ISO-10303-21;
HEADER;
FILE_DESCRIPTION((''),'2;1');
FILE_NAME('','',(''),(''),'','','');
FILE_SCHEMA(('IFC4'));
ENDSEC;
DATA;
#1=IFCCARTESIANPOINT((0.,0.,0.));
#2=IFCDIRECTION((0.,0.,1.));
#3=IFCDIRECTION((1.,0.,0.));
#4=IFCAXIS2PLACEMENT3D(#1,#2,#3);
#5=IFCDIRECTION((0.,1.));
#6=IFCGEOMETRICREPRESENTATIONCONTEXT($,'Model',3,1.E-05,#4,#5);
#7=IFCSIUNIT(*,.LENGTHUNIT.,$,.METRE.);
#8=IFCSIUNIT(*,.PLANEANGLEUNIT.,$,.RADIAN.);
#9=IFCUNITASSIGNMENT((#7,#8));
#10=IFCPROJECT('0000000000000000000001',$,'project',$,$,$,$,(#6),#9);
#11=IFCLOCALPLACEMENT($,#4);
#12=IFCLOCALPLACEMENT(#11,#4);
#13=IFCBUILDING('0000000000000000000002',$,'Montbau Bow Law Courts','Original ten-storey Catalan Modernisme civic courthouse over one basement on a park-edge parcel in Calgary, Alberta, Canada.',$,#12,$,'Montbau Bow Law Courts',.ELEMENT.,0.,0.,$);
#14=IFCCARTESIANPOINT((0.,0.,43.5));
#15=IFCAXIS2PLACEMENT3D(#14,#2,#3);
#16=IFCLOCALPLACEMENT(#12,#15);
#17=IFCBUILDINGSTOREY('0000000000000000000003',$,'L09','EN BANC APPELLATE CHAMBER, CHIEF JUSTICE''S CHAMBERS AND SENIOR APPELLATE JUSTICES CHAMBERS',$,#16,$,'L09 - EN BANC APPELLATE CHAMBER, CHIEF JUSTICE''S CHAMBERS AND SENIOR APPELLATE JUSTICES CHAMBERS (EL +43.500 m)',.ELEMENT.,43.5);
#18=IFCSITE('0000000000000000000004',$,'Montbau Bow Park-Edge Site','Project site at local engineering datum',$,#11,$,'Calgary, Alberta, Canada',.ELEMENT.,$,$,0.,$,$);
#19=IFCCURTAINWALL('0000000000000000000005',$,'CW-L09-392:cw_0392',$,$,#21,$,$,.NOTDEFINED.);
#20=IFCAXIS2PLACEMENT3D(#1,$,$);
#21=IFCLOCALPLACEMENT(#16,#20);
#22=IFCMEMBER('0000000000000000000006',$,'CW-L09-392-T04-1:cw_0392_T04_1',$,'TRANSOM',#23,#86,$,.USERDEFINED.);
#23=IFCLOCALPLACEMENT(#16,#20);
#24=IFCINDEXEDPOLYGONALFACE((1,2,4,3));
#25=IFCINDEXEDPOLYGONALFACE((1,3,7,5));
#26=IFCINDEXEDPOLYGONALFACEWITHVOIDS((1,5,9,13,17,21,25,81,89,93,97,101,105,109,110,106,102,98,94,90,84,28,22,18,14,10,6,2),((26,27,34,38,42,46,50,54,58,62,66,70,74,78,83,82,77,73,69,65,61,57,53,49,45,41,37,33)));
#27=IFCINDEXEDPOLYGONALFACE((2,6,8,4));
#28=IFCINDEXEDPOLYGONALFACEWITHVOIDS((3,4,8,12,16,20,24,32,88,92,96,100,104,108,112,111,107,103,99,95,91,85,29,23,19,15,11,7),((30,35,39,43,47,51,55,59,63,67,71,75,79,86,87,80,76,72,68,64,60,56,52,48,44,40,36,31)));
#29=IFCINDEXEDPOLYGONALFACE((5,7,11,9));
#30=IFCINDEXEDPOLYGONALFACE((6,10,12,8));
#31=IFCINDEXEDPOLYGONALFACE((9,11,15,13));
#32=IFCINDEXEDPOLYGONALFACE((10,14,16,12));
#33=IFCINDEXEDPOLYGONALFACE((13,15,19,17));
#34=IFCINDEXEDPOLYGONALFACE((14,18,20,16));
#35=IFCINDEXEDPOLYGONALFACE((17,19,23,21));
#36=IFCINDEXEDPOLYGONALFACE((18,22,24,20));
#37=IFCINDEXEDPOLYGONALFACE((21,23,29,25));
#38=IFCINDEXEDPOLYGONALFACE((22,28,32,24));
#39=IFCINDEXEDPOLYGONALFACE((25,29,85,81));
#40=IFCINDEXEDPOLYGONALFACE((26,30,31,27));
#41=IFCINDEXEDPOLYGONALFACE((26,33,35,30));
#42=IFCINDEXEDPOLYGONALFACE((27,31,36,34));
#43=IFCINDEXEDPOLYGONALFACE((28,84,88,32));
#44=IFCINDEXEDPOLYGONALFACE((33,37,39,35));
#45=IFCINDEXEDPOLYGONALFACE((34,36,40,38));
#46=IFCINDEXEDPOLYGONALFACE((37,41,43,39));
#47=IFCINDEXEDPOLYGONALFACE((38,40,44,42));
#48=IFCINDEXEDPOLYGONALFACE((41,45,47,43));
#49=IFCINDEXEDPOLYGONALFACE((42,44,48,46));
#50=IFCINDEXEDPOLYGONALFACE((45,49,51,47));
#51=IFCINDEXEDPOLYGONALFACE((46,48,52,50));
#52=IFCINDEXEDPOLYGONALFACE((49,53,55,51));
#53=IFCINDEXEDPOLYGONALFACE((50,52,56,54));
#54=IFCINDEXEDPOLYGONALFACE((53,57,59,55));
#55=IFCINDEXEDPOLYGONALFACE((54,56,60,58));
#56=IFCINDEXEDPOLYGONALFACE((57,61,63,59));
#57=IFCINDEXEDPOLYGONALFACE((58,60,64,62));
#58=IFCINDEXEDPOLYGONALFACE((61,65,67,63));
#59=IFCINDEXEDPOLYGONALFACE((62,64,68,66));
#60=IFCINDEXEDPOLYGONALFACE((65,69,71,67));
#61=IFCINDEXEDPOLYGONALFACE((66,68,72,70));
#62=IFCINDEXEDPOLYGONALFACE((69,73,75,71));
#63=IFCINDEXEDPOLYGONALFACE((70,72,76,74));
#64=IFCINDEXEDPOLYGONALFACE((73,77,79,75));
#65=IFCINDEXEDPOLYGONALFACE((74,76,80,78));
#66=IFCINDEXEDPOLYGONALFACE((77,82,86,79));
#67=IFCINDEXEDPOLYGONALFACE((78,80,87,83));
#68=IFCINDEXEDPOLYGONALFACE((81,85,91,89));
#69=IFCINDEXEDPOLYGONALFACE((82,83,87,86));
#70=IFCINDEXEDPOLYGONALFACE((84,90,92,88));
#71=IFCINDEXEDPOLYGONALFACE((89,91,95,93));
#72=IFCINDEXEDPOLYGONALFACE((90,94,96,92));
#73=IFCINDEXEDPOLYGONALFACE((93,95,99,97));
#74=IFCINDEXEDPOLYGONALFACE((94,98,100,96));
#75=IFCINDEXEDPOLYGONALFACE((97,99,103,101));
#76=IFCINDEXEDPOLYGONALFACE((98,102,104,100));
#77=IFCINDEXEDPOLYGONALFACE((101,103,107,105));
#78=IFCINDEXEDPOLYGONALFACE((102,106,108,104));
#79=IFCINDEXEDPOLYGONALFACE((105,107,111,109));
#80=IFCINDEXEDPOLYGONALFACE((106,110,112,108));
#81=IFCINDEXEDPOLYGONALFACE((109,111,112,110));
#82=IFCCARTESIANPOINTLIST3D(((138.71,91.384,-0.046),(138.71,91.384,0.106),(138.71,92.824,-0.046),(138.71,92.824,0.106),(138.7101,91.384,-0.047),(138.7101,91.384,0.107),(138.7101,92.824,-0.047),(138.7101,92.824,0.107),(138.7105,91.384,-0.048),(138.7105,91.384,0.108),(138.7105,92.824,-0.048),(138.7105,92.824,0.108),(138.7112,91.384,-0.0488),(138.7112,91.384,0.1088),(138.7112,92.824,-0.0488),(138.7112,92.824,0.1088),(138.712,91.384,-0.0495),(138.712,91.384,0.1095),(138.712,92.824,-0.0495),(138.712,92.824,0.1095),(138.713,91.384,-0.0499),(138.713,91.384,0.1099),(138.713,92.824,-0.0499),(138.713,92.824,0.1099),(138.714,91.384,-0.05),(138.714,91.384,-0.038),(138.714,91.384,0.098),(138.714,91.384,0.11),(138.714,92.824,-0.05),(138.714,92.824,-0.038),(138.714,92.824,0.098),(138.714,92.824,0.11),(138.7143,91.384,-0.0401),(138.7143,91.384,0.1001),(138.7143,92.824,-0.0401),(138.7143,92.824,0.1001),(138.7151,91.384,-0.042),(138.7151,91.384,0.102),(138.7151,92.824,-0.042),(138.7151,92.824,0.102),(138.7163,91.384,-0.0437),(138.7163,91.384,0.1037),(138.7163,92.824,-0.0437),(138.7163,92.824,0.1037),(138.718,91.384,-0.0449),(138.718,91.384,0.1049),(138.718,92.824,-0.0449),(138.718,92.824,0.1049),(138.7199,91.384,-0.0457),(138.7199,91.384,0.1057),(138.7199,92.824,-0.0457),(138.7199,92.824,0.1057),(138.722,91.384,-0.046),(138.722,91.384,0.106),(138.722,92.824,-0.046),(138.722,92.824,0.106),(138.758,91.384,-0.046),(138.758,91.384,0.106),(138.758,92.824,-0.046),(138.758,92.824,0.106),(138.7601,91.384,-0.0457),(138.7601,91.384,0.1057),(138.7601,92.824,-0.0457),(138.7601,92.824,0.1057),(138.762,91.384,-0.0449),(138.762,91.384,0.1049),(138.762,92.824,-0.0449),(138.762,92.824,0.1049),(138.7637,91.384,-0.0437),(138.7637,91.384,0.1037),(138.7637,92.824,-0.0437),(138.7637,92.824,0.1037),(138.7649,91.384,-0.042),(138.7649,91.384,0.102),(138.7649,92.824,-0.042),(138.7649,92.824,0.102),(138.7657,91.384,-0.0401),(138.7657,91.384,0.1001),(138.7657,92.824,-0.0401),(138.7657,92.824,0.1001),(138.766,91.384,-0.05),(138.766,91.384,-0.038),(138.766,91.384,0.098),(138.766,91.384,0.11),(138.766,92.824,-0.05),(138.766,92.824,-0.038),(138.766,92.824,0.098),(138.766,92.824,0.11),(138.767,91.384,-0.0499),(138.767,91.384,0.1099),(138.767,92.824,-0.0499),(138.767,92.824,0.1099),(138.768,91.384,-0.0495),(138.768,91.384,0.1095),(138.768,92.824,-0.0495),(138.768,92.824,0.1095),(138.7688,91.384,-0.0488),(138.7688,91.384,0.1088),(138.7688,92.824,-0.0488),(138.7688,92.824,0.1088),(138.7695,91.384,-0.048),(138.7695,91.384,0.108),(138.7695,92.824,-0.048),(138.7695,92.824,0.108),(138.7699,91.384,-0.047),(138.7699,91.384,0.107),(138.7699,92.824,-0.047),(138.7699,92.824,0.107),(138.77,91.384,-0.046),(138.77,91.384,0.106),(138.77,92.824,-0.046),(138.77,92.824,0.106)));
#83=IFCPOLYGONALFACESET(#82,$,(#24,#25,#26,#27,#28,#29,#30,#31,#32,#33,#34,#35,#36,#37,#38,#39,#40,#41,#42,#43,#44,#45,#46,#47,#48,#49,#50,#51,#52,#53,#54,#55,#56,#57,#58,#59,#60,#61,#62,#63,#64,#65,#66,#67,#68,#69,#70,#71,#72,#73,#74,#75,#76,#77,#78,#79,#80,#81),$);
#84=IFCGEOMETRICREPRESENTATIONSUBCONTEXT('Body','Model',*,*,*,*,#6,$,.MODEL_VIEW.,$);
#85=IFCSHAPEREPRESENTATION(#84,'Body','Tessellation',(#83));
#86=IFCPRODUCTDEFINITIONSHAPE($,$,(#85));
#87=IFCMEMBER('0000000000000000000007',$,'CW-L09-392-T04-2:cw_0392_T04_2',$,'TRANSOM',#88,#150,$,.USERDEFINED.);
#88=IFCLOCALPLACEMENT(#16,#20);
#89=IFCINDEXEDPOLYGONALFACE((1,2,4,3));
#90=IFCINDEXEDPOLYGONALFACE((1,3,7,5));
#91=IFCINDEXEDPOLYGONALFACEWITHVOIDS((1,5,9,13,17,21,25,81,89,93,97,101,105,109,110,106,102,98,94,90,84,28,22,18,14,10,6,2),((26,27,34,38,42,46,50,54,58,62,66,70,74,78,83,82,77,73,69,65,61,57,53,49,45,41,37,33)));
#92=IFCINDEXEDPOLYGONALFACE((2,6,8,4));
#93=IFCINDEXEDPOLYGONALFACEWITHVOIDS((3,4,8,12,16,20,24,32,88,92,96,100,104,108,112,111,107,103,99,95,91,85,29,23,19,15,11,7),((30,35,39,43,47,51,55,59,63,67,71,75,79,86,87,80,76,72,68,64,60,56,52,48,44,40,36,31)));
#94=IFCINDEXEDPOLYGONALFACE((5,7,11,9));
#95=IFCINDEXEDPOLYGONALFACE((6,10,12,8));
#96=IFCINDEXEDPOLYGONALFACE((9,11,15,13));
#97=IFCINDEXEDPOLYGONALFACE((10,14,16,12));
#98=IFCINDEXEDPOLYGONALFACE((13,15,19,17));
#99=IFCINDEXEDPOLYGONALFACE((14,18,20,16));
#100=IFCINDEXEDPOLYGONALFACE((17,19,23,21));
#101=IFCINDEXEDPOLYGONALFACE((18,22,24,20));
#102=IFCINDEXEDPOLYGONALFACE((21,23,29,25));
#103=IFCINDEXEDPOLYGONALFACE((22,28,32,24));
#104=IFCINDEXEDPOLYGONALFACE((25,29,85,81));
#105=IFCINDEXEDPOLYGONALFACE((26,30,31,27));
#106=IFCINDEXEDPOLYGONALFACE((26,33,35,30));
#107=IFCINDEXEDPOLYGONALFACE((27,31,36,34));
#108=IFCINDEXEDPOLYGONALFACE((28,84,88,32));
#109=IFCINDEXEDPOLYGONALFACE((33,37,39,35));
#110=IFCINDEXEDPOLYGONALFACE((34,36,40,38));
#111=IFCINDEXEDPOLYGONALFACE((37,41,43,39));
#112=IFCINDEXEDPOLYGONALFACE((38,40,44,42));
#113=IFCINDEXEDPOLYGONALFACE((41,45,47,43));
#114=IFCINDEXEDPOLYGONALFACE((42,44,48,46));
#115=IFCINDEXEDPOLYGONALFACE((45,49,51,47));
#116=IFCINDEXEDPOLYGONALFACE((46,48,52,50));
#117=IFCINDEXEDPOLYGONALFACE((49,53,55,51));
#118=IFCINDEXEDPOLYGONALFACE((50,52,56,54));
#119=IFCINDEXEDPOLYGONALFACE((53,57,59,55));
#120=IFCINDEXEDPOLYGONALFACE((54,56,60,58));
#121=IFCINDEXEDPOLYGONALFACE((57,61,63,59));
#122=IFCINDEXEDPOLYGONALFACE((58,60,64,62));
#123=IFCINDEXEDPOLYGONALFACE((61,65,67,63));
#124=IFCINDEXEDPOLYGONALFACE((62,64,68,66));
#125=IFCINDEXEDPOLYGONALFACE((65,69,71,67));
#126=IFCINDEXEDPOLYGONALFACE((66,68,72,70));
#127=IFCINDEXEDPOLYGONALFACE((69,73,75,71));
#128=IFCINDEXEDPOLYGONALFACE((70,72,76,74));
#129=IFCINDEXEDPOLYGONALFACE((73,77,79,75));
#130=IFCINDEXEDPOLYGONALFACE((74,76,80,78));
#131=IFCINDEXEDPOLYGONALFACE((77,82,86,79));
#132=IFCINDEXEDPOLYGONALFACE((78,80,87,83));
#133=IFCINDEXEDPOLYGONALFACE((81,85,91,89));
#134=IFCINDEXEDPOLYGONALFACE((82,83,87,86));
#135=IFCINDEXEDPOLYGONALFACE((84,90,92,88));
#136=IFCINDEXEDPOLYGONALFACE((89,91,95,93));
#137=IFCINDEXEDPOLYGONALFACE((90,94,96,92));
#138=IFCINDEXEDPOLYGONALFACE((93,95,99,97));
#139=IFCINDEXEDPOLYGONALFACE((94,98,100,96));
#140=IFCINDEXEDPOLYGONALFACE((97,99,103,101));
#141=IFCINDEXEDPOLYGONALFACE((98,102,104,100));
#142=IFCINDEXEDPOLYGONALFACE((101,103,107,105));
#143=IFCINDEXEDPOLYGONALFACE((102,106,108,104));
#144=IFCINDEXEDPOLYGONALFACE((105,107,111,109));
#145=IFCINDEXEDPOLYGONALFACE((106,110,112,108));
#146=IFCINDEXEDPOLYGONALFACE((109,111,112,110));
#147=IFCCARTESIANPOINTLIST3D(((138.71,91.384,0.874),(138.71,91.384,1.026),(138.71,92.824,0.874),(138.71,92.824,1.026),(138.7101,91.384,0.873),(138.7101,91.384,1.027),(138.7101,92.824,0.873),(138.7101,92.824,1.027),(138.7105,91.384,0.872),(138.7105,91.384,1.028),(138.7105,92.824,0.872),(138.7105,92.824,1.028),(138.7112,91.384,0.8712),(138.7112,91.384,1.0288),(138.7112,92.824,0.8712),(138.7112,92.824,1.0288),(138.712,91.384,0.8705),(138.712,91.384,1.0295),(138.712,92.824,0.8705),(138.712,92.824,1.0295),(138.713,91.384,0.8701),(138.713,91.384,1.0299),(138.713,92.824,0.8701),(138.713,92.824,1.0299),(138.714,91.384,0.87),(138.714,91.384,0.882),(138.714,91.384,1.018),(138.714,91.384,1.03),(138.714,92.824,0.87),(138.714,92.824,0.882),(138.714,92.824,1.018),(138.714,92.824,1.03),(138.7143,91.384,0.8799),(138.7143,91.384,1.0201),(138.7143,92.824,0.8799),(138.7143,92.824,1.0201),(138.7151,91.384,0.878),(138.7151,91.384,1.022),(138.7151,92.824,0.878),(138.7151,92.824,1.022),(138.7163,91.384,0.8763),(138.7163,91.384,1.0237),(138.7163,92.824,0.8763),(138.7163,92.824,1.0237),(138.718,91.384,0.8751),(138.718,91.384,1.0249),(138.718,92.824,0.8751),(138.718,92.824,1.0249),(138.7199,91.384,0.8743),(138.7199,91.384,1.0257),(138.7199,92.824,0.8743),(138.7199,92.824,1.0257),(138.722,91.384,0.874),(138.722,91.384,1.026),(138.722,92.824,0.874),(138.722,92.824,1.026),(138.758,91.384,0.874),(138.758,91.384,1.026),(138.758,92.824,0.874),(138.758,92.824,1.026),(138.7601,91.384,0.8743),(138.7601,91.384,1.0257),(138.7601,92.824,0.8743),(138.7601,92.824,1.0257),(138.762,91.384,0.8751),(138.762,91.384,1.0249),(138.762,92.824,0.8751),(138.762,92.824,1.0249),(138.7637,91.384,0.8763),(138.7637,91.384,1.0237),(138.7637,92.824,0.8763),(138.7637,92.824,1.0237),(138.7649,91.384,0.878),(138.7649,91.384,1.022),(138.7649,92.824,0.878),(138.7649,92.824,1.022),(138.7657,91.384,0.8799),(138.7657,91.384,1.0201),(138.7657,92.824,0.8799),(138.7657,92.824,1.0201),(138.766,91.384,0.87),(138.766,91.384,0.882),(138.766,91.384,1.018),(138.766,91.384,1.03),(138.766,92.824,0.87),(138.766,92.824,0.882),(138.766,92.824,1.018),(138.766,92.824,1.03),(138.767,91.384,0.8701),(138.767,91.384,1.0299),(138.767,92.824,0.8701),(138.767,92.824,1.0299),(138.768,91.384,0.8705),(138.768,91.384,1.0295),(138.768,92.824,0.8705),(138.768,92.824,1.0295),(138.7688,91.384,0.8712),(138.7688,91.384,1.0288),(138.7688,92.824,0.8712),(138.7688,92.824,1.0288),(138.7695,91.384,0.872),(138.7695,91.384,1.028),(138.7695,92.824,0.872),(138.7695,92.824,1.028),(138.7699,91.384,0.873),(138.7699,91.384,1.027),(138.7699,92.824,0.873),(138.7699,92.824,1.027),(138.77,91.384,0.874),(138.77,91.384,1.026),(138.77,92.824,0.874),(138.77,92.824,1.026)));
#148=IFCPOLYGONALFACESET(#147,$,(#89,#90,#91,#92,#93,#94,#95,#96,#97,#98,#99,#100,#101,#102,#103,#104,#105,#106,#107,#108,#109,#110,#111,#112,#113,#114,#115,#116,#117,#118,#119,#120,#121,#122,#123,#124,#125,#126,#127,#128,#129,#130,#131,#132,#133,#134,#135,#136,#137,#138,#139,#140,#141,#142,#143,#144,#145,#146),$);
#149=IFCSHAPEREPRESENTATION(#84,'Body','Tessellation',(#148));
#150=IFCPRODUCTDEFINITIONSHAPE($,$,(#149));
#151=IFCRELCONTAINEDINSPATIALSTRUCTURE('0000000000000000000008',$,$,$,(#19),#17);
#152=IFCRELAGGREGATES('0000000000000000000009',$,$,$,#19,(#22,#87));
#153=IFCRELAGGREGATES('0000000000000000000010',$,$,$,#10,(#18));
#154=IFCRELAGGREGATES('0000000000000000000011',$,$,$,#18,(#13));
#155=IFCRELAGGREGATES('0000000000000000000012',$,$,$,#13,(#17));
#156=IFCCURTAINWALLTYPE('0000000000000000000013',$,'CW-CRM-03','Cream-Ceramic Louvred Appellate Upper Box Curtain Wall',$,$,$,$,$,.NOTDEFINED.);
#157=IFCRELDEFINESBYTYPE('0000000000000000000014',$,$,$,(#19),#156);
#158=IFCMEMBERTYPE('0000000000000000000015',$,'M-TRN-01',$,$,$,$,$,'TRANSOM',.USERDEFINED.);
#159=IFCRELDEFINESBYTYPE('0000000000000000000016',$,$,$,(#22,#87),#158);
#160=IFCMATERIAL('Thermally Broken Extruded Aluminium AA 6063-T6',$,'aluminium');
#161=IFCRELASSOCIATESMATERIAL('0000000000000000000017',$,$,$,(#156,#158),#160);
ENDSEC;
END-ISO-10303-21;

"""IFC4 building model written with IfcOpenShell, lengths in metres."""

from ifc_helpers import new_model, si_unit, direction, frame, origin_with_axes, origin_2d_with_axis, place, context, subcontext, project, spatial, hollow_rectangle, extrude, material, material_profile, profile_set, type_object, element, aggregate, save


model = new_model("IFC4")

# Units and contexts
model_context = context("Model", 3, precision=1e-05, world=origin_with_axes(), true_north=direction((0.0, 1.0)))
body_context = subcontext(model_context, "Body", "Model", "MODEL_VIEW")
ifc_project = project(units=[si_unit("LENGTHUNIT", "METRE"), si_unit("PLANEANGLEUNIT", "RADIAN")], contexts=[model_context])

# Site, building, storey
site_placement = place(None, origin_with_axes())
site = spatial("IfcSite", under=ifc_project, at=site_placement, Name="Montbau Bow Park-Edge Site", Description="Project site at local engineering datum", LongName="Calgary, Alberta, Canada", CompositionType="ELEMENT", RefElevation=0.0)
building_placement = place(site_placement, origin_with_axes())
building = spatial("IfcBuilding", under=site, at=building_placement, Name="Montbau Bow Law Courts", Description="Original ten-storey Catalan Modernisme civic courthouse over one basement on a park-edge parcel in Calgary, Alberta, Canada.", LongName="Montbau Bow Law Courts", CompositionType="ELEMENT", ElevationOfRefHeight=0.0, ElevationOfTerrain=0.0)
storey_placement = place(building_placement, frame((0.0, 0.0, 43.5), z_axis=(0.0, 0.0, 1.0), x_axis=(1.0, 0.0, 0.0)))
storey = spatial("IfcBuildingStorey", under=building, at=storey_placement, Name="L09", Description="EN BANC APPELLATE CHAMBER, CHIEF JUSTICE'S CHAMBERS AND SENIOR APPELLATE JUSTICES CHAMBERS", LongName="L09 - EN BANC APPELLATE CHAMBER, CHIEF JUSTICE'S CHAMBERS AND SENIOR APPELLATE JUSTICES CHAMBERS (EL +43.500 m)", CompositionType="ELEMENT", Elevation=43.5)

# Curtain wall, members
ifc_material_1 = material(Name="Thermally Broken Extruded Aluminium AA 6063-T6", Category="aluminium")
curtain_wall_type = type_object("IfcCurtainWallType", Name="CW-CRM-03", Description="Cream-Ceramic Louvred Appellate Upper Box Curtain Wall", PredefinedType="NOTDEFINED", material=ifc_material_1)
curtain_wall_placement = place(None, frame((138.74, 86.84, 43.5), z_axis=(0.0, 0.0, 1.0), x_axis=(1.0, 0.0, 0.0)))
curtain_wall = element("IfcCurtainWall", 1, at=curtain_wall_placement, inside=storey, type_object=curtain_wall_type, Name="CW-L09-392:cw_0392", PredefinedType="NOTDEFINED")
ifc_material_profile_1 = material_profile(ifc_material_1, hollow_rectangle(XDim=0.06, YDim=0.16, WallThickness=0.004, InnerFilletRadius=0.008, OuterFilletRadius=0.004, at=origin_2d_with_axis()), Name="CWT-160X60", Category="Main", Priority=0)
ifc_profile_set_1 = profile_set([ifc_material_profile_1], Name="Thermally Broken Extruded Aluminium AA 6063-T6")
member_type_1 = type_object("IfcMemberType", Name="M-TRN-01", ElementType="TRANSOM", PredefinedType="USERDEFINED", material=ifc_profile_set_1)
member_1_placement = place(None, frame((138.74, 91.384, 43.53), z_axis=(0.0, 1.0, 0.0), x_axis=(-1.0, 0.0, 0.0)))
member_1 = element("IfcMember", 2, at=member_1_placement, type_object=member_type_1, Name="CW-L09-392-T04-1:cw_0392_T04_1", ObjectType="TRANSOM", PredefinedType="USERDEFINED", context=body_context, shape_type="SweptSolid", body=[
    extrude(hollow_rectangle(XDim=0.06, YDim=0.16, WallThickness=0.004, InnerFilletRadius=0.008, OuterFilletRadius=0.004, at=origin_2d_with_axis()), origin_with_axes(), (0.0, 0.0, 1.0), 1.44),
])
member_2_placement = place(None, frame((138.74, 91.384, 44.45), z_axis=(0.0, 1.0, 0.0), x_axis=(-1.0, 0.0, 0.0)))
member_2 = element("IfcMember", 3, at=member_2_placement, type_object=member_type_1, Name="CW-L09-392-T04-2:cw_0392_T04_2", ObjectType="TRANSOM", PredefinedType="USERDEFINED", context=body_context, shape_type="SweptSolid", body=[
    extrude(hollow_rectangle(XDim=0.06, YDim=0.16, WallThickness=0.004, InnerFilletRadius=0.008, OuterFilletRadius=0.004, at=origin_2d_with_axis()), origin_with_axes(), (0.0, 0.0, 1.0), 1.44),
])
aggregate(curtain_wall, [member_1, member_2])

save(model, "model.ifc")
